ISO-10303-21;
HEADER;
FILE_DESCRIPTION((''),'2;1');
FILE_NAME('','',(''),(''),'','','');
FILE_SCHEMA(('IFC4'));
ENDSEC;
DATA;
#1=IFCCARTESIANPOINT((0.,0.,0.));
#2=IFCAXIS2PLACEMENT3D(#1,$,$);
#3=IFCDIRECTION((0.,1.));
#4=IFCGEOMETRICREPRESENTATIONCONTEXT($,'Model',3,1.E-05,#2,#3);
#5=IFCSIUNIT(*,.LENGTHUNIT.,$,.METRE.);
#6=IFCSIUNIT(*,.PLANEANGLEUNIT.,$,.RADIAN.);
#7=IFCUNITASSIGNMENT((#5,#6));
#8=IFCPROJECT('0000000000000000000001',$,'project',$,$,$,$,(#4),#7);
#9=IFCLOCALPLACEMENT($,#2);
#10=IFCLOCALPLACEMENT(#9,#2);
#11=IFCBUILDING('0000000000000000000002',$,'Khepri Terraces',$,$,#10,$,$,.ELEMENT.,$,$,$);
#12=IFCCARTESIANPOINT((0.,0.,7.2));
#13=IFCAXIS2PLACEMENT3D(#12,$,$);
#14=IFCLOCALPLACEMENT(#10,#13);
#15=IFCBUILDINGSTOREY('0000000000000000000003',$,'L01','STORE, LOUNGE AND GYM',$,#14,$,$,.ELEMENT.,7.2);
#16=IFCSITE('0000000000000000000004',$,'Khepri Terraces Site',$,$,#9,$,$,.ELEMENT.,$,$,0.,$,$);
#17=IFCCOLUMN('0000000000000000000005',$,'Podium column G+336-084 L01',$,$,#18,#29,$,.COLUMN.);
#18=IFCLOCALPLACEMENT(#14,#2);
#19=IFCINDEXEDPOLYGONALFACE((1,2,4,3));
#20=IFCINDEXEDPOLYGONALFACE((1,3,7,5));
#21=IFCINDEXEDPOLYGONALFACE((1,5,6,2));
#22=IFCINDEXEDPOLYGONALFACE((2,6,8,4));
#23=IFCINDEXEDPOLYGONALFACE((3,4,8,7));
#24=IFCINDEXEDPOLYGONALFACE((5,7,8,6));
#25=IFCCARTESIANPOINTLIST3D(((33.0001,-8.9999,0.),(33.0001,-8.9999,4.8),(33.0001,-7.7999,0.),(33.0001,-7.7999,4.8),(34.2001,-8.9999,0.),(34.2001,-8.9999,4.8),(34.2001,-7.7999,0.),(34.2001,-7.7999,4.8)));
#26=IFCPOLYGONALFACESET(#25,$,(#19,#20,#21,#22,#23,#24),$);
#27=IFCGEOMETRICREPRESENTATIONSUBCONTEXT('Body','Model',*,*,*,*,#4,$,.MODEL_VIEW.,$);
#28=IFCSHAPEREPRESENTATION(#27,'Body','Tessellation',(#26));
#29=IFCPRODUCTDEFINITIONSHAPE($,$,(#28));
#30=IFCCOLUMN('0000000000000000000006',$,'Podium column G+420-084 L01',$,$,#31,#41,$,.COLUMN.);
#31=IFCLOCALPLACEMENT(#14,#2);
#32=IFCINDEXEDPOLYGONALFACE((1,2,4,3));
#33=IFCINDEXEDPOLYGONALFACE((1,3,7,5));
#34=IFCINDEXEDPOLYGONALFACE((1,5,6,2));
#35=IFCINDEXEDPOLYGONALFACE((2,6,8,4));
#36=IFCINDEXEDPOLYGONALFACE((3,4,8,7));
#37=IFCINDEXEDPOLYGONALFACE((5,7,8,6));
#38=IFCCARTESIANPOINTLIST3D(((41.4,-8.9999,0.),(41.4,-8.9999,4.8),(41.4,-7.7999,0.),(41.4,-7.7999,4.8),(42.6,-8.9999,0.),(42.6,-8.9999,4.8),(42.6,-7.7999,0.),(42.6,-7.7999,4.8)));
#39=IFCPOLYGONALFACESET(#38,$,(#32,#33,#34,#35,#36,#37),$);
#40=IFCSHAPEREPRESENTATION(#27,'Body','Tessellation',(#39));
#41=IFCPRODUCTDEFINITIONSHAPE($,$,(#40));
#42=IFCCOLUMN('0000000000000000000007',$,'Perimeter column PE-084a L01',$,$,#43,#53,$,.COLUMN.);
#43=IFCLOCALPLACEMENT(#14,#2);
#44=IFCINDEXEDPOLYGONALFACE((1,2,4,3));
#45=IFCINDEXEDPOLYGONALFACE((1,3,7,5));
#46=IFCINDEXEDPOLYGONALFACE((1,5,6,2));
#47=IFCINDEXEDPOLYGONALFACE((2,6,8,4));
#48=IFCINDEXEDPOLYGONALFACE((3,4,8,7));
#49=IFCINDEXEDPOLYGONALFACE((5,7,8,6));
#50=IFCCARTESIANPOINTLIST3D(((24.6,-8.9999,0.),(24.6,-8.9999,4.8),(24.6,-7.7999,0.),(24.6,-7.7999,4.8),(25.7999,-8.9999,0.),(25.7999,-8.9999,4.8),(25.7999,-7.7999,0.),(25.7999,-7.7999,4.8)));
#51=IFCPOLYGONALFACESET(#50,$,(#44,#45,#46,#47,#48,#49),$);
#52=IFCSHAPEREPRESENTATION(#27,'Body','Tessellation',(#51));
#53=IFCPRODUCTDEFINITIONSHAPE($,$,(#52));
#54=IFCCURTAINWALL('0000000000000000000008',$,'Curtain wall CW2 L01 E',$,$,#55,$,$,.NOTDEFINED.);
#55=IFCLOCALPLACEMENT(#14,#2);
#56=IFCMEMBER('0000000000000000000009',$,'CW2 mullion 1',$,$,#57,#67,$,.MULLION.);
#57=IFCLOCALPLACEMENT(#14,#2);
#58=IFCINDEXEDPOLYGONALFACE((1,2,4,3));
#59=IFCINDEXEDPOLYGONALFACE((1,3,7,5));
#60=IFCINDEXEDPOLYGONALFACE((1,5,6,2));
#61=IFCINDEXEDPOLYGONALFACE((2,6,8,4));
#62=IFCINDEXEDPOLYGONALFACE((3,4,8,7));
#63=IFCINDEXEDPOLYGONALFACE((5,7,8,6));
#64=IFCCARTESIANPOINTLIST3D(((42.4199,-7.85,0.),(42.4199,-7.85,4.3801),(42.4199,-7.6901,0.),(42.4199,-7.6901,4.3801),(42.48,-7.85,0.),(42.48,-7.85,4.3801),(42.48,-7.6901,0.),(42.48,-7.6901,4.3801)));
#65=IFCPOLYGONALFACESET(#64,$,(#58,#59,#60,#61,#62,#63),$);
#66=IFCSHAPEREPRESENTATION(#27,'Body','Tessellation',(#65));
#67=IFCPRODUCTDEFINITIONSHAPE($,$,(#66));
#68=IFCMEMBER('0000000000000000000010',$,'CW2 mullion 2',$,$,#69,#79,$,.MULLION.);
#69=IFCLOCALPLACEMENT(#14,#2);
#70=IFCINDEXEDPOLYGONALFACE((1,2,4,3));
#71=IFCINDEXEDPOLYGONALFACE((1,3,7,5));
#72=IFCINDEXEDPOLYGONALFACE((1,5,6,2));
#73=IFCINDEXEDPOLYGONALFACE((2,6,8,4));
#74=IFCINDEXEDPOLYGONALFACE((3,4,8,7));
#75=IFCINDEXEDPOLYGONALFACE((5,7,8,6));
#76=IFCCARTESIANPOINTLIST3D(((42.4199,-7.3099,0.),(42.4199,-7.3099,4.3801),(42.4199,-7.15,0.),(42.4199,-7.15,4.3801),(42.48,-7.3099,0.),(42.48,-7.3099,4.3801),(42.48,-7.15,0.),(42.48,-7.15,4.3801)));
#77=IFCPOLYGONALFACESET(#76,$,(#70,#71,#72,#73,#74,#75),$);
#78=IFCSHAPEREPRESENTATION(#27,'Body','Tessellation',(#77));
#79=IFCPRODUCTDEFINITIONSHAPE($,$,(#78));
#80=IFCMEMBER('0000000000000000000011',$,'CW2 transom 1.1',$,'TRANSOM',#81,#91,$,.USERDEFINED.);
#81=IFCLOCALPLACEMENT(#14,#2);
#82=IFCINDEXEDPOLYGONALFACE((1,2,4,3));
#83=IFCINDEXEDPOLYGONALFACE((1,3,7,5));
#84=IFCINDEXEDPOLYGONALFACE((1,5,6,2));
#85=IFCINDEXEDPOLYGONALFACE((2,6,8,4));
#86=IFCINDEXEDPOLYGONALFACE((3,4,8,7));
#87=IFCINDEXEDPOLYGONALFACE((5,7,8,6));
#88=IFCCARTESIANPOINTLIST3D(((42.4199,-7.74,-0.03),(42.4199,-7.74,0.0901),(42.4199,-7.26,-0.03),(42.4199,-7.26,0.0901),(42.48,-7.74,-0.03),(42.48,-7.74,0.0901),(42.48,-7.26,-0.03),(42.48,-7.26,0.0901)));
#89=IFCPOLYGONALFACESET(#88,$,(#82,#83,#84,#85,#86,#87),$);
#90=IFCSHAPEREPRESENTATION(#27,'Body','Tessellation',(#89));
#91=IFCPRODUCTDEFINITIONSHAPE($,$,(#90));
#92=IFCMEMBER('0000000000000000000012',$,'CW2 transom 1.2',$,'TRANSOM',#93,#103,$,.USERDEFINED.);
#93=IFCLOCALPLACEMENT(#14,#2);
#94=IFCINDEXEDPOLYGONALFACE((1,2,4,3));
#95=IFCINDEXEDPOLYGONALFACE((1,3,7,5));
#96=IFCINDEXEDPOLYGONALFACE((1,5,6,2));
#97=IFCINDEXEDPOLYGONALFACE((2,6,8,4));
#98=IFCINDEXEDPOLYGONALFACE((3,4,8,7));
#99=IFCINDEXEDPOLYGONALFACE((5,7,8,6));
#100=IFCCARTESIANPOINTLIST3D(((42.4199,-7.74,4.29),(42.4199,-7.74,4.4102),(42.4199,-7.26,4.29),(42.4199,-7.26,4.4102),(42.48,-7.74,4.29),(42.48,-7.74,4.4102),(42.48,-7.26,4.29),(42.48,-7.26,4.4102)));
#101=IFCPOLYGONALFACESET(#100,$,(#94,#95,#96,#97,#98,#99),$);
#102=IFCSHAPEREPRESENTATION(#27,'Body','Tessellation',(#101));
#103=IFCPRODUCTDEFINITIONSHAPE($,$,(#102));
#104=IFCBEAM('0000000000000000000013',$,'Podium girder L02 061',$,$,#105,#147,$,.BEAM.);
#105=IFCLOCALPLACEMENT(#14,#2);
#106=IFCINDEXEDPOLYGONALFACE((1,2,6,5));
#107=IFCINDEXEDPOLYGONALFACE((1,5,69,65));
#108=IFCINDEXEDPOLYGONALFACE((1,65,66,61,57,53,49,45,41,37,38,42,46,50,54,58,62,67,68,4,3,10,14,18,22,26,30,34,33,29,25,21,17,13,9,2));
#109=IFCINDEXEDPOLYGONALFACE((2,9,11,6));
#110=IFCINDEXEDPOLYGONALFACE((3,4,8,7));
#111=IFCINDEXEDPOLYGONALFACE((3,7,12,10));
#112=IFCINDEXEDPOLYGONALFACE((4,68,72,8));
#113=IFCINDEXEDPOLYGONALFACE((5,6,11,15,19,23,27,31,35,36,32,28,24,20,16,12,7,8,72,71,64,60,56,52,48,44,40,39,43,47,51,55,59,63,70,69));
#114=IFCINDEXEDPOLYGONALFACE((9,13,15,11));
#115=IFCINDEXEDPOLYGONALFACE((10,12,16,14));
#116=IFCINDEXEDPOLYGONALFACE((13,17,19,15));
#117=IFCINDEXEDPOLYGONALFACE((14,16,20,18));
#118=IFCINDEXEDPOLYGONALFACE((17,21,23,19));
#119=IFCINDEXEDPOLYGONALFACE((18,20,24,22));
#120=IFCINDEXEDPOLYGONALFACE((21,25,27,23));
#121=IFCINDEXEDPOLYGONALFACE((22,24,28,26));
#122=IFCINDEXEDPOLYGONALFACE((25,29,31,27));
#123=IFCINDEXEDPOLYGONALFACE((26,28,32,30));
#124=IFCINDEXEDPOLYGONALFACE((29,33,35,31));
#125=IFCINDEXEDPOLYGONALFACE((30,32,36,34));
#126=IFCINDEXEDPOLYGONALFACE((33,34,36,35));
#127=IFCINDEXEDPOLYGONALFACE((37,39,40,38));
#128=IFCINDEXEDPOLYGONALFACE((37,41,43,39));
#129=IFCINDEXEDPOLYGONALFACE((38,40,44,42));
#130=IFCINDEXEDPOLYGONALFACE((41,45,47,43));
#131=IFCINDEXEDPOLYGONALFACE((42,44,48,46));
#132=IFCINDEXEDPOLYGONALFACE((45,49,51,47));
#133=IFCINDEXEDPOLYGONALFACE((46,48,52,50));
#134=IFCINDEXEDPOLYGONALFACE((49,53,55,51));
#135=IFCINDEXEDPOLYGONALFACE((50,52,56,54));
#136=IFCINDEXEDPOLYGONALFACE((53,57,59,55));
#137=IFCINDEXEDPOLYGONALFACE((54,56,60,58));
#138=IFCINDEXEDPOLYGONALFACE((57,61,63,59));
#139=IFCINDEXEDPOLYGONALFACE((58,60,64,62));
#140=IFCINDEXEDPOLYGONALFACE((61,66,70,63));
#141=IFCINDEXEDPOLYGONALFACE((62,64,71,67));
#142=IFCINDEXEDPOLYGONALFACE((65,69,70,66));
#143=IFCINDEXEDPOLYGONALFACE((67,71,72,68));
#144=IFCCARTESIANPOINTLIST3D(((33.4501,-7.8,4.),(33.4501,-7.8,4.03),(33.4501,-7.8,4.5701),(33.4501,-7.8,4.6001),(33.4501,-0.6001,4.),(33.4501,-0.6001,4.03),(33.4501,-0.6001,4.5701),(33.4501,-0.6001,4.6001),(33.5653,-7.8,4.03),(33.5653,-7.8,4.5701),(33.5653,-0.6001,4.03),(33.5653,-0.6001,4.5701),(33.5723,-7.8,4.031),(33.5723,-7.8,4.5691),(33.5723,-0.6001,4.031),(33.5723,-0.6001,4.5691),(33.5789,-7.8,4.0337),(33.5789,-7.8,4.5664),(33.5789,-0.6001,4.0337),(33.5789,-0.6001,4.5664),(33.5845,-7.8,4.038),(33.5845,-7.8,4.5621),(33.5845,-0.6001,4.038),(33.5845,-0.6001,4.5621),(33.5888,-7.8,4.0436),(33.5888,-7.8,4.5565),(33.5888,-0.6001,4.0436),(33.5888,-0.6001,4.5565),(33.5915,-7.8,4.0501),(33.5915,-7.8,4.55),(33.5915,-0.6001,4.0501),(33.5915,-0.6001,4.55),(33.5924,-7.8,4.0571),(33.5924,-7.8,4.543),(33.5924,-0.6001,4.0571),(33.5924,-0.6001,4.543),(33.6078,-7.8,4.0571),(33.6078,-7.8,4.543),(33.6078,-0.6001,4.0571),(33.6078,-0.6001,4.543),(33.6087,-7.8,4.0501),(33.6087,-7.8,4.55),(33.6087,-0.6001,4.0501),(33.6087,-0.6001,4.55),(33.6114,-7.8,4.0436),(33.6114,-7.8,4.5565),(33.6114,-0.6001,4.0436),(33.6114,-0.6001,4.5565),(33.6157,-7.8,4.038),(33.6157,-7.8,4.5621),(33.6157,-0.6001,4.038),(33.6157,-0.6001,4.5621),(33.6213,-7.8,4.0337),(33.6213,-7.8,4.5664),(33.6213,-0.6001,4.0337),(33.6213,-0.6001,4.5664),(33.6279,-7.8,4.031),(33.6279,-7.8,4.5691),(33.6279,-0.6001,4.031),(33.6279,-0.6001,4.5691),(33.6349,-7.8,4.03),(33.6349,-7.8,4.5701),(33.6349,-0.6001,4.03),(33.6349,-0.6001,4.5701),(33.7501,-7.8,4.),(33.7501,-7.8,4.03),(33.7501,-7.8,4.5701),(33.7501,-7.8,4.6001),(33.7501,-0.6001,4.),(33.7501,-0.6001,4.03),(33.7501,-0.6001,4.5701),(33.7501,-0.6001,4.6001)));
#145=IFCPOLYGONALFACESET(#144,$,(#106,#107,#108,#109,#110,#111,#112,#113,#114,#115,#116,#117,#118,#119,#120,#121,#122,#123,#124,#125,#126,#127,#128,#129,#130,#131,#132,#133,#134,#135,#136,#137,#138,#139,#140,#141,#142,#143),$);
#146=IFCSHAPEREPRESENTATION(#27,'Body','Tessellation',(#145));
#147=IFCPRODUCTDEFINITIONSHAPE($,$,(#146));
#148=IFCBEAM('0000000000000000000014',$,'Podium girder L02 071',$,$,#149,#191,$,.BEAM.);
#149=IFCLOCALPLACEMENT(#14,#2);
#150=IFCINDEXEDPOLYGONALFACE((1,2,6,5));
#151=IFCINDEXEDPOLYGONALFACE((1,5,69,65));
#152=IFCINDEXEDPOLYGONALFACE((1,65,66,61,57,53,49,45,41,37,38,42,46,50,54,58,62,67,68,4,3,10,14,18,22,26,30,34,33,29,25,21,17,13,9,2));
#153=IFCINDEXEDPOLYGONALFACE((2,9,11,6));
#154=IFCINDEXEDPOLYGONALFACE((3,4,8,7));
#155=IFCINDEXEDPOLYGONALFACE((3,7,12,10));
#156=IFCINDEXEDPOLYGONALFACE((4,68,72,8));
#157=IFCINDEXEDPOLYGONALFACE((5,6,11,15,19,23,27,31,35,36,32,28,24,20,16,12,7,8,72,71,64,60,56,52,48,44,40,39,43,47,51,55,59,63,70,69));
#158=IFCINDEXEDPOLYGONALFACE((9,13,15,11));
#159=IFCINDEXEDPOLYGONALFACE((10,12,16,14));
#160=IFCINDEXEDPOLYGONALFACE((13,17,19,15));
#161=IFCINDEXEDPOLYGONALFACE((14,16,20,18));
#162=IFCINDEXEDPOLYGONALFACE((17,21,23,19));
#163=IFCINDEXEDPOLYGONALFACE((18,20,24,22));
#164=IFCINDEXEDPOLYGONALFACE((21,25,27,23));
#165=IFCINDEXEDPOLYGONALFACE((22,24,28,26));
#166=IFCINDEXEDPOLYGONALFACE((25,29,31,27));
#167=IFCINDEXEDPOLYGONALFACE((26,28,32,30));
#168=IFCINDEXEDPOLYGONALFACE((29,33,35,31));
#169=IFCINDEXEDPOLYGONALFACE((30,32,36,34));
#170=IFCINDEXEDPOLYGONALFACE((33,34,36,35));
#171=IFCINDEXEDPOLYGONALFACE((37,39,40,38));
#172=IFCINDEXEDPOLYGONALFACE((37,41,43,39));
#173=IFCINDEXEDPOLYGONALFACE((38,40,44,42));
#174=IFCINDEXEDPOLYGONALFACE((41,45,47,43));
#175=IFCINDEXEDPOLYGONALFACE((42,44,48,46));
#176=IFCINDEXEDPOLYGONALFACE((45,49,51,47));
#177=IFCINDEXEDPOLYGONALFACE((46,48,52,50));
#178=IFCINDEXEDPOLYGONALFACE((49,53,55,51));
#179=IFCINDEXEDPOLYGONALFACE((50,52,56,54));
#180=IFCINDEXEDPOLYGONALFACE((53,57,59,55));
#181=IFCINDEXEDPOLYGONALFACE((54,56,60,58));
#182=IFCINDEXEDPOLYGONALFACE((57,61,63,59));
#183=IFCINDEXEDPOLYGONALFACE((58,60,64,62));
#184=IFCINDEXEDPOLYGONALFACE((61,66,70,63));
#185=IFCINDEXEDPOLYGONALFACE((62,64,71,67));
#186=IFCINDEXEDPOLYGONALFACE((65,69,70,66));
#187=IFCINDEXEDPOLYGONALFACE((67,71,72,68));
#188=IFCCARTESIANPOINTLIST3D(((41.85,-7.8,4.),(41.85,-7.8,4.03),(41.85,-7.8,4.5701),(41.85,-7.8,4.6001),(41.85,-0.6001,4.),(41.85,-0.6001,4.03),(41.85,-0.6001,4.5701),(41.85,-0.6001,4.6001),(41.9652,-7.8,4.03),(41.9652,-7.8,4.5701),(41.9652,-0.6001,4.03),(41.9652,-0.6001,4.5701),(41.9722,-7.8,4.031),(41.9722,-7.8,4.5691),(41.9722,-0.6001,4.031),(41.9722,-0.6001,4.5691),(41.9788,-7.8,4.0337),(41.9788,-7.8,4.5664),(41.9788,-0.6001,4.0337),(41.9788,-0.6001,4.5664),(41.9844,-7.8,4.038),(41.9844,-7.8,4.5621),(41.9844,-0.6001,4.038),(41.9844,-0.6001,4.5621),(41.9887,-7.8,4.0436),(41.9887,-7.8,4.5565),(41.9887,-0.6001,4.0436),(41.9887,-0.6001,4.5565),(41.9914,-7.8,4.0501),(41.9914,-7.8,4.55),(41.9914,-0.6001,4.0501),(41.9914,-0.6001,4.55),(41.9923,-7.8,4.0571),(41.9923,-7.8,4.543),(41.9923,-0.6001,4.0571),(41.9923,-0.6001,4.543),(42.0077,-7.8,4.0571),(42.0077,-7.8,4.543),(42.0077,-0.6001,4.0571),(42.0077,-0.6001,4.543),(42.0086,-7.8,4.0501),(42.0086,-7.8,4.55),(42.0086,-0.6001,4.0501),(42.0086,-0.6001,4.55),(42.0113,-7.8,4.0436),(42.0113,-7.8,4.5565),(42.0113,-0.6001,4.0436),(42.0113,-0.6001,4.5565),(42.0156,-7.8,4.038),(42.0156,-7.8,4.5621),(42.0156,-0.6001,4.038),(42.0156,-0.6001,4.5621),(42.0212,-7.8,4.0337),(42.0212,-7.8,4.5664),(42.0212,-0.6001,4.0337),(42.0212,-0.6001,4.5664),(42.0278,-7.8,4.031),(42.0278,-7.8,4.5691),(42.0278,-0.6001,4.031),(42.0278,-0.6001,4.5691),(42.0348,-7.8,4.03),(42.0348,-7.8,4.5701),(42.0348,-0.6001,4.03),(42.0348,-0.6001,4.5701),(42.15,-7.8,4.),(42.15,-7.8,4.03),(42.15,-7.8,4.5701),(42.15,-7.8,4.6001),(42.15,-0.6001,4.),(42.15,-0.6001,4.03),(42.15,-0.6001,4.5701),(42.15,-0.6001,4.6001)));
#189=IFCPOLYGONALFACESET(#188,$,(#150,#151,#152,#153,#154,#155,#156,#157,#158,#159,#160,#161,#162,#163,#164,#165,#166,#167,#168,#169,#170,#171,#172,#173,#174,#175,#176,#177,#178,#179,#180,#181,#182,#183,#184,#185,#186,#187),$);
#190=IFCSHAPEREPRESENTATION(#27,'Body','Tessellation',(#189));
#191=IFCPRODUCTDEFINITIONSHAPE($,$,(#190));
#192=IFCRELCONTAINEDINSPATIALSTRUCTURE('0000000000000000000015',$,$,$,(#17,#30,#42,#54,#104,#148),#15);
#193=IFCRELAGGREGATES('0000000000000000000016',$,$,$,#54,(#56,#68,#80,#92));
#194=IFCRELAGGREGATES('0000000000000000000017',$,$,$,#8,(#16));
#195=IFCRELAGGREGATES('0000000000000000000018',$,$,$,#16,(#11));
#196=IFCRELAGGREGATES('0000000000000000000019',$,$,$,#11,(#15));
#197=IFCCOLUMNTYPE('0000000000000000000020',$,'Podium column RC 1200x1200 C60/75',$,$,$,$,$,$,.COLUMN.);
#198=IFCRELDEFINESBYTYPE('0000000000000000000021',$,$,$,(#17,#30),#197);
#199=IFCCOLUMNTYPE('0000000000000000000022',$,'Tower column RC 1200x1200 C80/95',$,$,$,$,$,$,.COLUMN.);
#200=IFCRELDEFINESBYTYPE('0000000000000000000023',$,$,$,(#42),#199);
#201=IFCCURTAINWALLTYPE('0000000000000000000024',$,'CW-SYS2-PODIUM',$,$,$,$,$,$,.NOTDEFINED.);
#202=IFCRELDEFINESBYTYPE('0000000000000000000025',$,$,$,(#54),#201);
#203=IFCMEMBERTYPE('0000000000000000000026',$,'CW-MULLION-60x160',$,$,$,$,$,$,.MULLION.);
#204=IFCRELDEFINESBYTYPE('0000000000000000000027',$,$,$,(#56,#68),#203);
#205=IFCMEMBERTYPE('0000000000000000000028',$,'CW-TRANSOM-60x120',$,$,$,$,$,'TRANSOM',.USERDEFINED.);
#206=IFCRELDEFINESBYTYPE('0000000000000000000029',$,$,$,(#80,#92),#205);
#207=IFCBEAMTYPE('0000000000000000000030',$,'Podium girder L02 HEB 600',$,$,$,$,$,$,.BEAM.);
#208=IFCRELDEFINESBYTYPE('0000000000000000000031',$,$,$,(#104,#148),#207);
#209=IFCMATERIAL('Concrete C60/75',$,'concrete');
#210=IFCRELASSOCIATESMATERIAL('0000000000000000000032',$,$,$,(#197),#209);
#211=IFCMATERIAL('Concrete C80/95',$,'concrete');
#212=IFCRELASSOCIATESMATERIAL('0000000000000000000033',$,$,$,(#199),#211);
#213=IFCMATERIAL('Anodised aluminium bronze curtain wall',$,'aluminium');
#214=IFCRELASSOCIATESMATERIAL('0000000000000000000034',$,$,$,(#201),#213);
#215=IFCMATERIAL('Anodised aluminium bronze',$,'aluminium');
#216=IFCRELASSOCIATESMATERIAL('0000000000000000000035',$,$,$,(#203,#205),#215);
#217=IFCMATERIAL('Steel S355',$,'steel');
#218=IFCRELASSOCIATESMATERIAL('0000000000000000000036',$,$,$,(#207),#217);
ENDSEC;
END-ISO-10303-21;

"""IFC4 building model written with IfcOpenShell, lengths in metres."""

from ifc_helpers import new_model, si_unit, direction, frame, origin, origin_2d, place, context, subcontext, project, spatial, rectangle, i_section, extrude, material, material_profile, profile_set, type_object, element, aggregate, save


model = new_model("IFC4")

# Units and contexts
model_context = context("Model", 3, precision=1e-05, world=origin(), true_north=direction((0.0, 1.0)))
body_context = subcontext(model_context, "Body", "Model", "MODEL_VIEW")
ifc_project = project(units=[si_unit("LENGTHUNIT", "METRE"), si_unit("PLANEANGLEUNIT", "RADIAN")], contexts=[model_context])

# Site, building, storey
site_placement = place(None, origin())
site = spatial("IfcSite", under=ifc_project, at=site_placement, Name="Khepri Terraces Site", CompositionType="ELEMENT", RefElevation=0.0)
building_placement = place(site_placement, origin())
building = spatial("IfcBuilding", under=site, at=building_placement, Name="Khepri Terraces", CompositionType="ELEMENT")
storey_placement = place(building_placement, frame((0.0, 0.0, 7.2)))
storey = spatial("IfcBuildingStorey", under=building, at=storey_placement, Name="L01", Description="STORE, LOUNGE AND GYM", CompositionType="ELEMENT", Elevation=7.2)

# Columns
ifc_material_1 = material(Name="Concrete C60/75", Category="concrete")
ifc_material_profile_1 = material_profile(ifc_material_1, rectangle(XDim=1.2, YDim=1.2, at=origin_2d()), Name="Concrete C60/75", Category="concrete")
ifc_profile_set_1 = profile_set([ifc_material_profile_1], Name="Concrete C60/75")
column_type_1 = type_object("IfcColumnType", Name="Podium column RC 1200x1200 C60/75", PredefinedType="COLUMN", material=ifc_profile_set_1)
for number, where, z_axis, x_axis, name in (
    (1, (33.6001, -8.3999, 0.0), (0.0, 0.0, 1.0), (1.0, 0.0, 0.0), "Podium column G+336-084 L01"),
    (2, (42.0, -8.3999, 0.0), (0.0, 0.0, 1.0), (1.0, 0.0, 0.0), "Podium column G+420-084 L01"),
):
    element("IfcColumn", number, at=place(storey_placement, frame(where, z_axis=z_axis, x_axis=x_axis)), inside=storey, type_object=column_type_1, Name=name, PredefinedType="COLUMN", context=body_context, shape_type="SweptSolid", body=[
        extrude(rectangle(XDim=1.2, YDim=1.2, at=origin_2d()), origin(), (0.0, 0.0, 1.0), 4.8),
    ])
ifc_material_2 = material(Name="Concrete C80/95", Category="concrete")
ifc_material_profile_2 = material_profile(ifc_material_2, rectangle(XDim=1.2, YDim=1.2, at=origin_2d()), Name="Concrete C80/95", Category="concrete")
ifc_profile_set_2 = profile_set([ifc_material_profile_2], Name="Concrete C80/95")
column_type_2 = type_object("IfcColumnType", Name="Tower column RC 1200x1200 C80/95", PredefinedType="COLUMN", material=ifc_profile_set_2)
column_placement = place(storey_placement, frame((25.2, -8.3999, 0.0), z_axis=(0.0, 0.0, 1.0), x_axis=(1.0, 0.0, 0.0)))
element("IfcColumn", 3, at=column_placement, inside=storey, type_object=column_type_2, Name="Perimeter column PE-084a L01", PredefinedType="COLUMN", context=body_context, shape_type="SweptSolid", body=[
    extrude(rectangle(XDim=1.2, YDim=1.2, at=origin_2d()), origin(), (0.0, 0.0, 1.0), 4.8),
])

# Curtain wall, members
ifc_material_3 = material(Name="Anodised aluminium bronze curtain wall", Category="aluminium")
curtain_wall_type = type_object("IfcCurtainWallType", Name="CW-SYS2-PODIUM", PredefinedType="NOTDEFINED", material=ifc_material_3)
curtain_wall_placement = place(storey_placement, origin())
curtain_wall = element("IfcCurtainWall", 4, at=curtain_wall_placement, inside=storey, type_object=curtain_wall_type, Name="Curtain wall CW2 L01 E", PredefinedType="NOTDEFINED")
ifc_material_4 = material(Name="Anodised aluminium bronze", Category="aluminium")
ifc_material_profile_3 = material_profile(ifc_material_4, rectangle(XDim=0.0601, YDim=0.1599, at=origin_2d()), Name="Anodised aluminium bronze", Category="aluminium")
ifc_profile_set_3 = profile_set([ifc_material_profile_3], Name="Anodised aluminium bronze")
member_type_1 = type_object("IfcMemberType", Name="CW-MULLION-60x160", PredefinedType="MULLION", material=ifc_profile_set_3)
member_1_placement = place(storey_placement, frame((42.45, -7.77, 0.0), z_axis=(0.0, 0.0, 1.0), x_axis=(-1.0, 0.0, 0.0)))
member_1 = element("IfcMember", 5, at=member_1_placement, type_object=member_type_1, Name="CW2 mullion 1", PredefinedType="MULLION", context=body_context, shape_type="SweptSolid", body=[
    extrude(rectangle(XDim=0.0601, YDim=0.1599, at=origin_2d()), origin(), (0.0, 0.0, 1.0), 4.3801),
])
member_2_placement = place(storey_placement, frame((42.45, -7.23, 0.0), z_axis=(0.0, 0.0, 1.0), x_axis=(-1.0, 0.0, 0.0)))
member_2 = element("IfcMember", 6, at=member_2_placement, type_object=member_type_1, Name="CW2 mullion 2", PredefinedType="MULLION", context=body_context, shape_type="SweptSolid", body=[
    extrude(rectangle(XDim=0.0601, YDim=0.1599, at=origin_2d()), origin(), (0.0, 0.0, 1.0), 4.3801),
])
ifc_material_profile_4 = material_profile(ifc_material_4, rectangle(XDim=0.0601, YDim=0.1201, at=origin_2d()), Name="Anodised aluminium bronze", Category="aluminium")
ifc_profile_set_4 = profile_set([ifc_material_profile_4], Name="Anodised aluminium bronze")
member_type_2 = type_object("IfcMemberType", Name="CW-TRANSOM-60x120", ElementType="TRANSOM", PredefinedType="USERDEFINED", material=ifc_profile_set_4)
member_3_placement = place(storey_placement, frame((42.45, -7.74, 0.03), z_axis=(0.0, 1.0, 0.0), x_axis=(-1.0, 0.0, 0.0)))
member_3 = element("IfcMember", 7, at=member_3_placement, type_object=member_type_2, Name="CW2 transom 1.1", ObjectType="TRANSOM", PredefinedType="USERDEFINED", context=body_context, shape_type="SweptSolid", body=[
    extrude(rectangle(XDim=0.0601, YDim=0.1201, at=origin_2d()), origin(), (0.0, 0.0, 1.0), 0.48),
])
member_4_placement = place(storey_placement, frame((42.45, -7.74, 4.3501), z_axis=(0.0, 1.0, 0.0), x_axis=(-1.0, 0.0, 0.0)))
member_4 = element("IfcMember", 8, at=member_4_placement, type_object=member_type_2, Name="CW2 transom 1.2", ObjectType="TRANSOM", PredefinedType="USERDEFINED", context=body_context, shape_type="SweptSolid", body=[
    extrude(rectangle(XDim=0.0601, YDim=0.1201, at=origin_2d()), origin(), (0.0, 0.0, 1.0), 0.48),
])

# Beams
ifc_material_5 = material(Name="Steel S355", Category="steel")
ifc_material_profile_5 = material_profile(ifc_material_5, i_section(OverallWidth=0.3, OverallDepth=0.6001, WebThickness=0.0154, FlangeThickness=0.03, FilletRadius=0.0271, at=origin_2d()), Name="Steel S355", Category="steel")
ifc_profile_set_5 = profile_set([ifc_material_profile_5], Name="Steel S355")
beam_type_1 = type_object("IfcBeamType", Name="Podium girder L02 HEB 600", PredefinedType="BEAM", material=ifc_profile_set_5)
for number, where, z_axis, x_axis, name in (
    (9, (33.6001, -7.8, 4.3), (0.0, 1.0, 0.0), (-1.0, 0.0, 0.0), "Podium girder L02 061"),
    (10, (42.0, -7.8, 4.3), (0.0, 1.0, 0.0), (-1.0, 0.0, 0.0), "Podium girder L02 071"),
):
    element("IfcBeam", number, at=place(storey_placement, frame(where, z_axis=z_axis, x_axis=x_axis)), inside=storey, type_object=beam_type_1, Name=name, PredefinedType="BEAM", context=body_context, shape_type="SweptSolid", body=[
        extrude(i_section(OverallWidth=0.3, OverallDepth=0.6001, WebThickness=0.0154, FlangeThickness=0.03, FilletRadius=0.0271, at=origin_2d()), origin(), (0.0, 0.0, 1.0), 7.2),
    ])

aggregate(curtain_wall, [member_1, member_2, member_3, member_4])

save(model, "model.ifc")
